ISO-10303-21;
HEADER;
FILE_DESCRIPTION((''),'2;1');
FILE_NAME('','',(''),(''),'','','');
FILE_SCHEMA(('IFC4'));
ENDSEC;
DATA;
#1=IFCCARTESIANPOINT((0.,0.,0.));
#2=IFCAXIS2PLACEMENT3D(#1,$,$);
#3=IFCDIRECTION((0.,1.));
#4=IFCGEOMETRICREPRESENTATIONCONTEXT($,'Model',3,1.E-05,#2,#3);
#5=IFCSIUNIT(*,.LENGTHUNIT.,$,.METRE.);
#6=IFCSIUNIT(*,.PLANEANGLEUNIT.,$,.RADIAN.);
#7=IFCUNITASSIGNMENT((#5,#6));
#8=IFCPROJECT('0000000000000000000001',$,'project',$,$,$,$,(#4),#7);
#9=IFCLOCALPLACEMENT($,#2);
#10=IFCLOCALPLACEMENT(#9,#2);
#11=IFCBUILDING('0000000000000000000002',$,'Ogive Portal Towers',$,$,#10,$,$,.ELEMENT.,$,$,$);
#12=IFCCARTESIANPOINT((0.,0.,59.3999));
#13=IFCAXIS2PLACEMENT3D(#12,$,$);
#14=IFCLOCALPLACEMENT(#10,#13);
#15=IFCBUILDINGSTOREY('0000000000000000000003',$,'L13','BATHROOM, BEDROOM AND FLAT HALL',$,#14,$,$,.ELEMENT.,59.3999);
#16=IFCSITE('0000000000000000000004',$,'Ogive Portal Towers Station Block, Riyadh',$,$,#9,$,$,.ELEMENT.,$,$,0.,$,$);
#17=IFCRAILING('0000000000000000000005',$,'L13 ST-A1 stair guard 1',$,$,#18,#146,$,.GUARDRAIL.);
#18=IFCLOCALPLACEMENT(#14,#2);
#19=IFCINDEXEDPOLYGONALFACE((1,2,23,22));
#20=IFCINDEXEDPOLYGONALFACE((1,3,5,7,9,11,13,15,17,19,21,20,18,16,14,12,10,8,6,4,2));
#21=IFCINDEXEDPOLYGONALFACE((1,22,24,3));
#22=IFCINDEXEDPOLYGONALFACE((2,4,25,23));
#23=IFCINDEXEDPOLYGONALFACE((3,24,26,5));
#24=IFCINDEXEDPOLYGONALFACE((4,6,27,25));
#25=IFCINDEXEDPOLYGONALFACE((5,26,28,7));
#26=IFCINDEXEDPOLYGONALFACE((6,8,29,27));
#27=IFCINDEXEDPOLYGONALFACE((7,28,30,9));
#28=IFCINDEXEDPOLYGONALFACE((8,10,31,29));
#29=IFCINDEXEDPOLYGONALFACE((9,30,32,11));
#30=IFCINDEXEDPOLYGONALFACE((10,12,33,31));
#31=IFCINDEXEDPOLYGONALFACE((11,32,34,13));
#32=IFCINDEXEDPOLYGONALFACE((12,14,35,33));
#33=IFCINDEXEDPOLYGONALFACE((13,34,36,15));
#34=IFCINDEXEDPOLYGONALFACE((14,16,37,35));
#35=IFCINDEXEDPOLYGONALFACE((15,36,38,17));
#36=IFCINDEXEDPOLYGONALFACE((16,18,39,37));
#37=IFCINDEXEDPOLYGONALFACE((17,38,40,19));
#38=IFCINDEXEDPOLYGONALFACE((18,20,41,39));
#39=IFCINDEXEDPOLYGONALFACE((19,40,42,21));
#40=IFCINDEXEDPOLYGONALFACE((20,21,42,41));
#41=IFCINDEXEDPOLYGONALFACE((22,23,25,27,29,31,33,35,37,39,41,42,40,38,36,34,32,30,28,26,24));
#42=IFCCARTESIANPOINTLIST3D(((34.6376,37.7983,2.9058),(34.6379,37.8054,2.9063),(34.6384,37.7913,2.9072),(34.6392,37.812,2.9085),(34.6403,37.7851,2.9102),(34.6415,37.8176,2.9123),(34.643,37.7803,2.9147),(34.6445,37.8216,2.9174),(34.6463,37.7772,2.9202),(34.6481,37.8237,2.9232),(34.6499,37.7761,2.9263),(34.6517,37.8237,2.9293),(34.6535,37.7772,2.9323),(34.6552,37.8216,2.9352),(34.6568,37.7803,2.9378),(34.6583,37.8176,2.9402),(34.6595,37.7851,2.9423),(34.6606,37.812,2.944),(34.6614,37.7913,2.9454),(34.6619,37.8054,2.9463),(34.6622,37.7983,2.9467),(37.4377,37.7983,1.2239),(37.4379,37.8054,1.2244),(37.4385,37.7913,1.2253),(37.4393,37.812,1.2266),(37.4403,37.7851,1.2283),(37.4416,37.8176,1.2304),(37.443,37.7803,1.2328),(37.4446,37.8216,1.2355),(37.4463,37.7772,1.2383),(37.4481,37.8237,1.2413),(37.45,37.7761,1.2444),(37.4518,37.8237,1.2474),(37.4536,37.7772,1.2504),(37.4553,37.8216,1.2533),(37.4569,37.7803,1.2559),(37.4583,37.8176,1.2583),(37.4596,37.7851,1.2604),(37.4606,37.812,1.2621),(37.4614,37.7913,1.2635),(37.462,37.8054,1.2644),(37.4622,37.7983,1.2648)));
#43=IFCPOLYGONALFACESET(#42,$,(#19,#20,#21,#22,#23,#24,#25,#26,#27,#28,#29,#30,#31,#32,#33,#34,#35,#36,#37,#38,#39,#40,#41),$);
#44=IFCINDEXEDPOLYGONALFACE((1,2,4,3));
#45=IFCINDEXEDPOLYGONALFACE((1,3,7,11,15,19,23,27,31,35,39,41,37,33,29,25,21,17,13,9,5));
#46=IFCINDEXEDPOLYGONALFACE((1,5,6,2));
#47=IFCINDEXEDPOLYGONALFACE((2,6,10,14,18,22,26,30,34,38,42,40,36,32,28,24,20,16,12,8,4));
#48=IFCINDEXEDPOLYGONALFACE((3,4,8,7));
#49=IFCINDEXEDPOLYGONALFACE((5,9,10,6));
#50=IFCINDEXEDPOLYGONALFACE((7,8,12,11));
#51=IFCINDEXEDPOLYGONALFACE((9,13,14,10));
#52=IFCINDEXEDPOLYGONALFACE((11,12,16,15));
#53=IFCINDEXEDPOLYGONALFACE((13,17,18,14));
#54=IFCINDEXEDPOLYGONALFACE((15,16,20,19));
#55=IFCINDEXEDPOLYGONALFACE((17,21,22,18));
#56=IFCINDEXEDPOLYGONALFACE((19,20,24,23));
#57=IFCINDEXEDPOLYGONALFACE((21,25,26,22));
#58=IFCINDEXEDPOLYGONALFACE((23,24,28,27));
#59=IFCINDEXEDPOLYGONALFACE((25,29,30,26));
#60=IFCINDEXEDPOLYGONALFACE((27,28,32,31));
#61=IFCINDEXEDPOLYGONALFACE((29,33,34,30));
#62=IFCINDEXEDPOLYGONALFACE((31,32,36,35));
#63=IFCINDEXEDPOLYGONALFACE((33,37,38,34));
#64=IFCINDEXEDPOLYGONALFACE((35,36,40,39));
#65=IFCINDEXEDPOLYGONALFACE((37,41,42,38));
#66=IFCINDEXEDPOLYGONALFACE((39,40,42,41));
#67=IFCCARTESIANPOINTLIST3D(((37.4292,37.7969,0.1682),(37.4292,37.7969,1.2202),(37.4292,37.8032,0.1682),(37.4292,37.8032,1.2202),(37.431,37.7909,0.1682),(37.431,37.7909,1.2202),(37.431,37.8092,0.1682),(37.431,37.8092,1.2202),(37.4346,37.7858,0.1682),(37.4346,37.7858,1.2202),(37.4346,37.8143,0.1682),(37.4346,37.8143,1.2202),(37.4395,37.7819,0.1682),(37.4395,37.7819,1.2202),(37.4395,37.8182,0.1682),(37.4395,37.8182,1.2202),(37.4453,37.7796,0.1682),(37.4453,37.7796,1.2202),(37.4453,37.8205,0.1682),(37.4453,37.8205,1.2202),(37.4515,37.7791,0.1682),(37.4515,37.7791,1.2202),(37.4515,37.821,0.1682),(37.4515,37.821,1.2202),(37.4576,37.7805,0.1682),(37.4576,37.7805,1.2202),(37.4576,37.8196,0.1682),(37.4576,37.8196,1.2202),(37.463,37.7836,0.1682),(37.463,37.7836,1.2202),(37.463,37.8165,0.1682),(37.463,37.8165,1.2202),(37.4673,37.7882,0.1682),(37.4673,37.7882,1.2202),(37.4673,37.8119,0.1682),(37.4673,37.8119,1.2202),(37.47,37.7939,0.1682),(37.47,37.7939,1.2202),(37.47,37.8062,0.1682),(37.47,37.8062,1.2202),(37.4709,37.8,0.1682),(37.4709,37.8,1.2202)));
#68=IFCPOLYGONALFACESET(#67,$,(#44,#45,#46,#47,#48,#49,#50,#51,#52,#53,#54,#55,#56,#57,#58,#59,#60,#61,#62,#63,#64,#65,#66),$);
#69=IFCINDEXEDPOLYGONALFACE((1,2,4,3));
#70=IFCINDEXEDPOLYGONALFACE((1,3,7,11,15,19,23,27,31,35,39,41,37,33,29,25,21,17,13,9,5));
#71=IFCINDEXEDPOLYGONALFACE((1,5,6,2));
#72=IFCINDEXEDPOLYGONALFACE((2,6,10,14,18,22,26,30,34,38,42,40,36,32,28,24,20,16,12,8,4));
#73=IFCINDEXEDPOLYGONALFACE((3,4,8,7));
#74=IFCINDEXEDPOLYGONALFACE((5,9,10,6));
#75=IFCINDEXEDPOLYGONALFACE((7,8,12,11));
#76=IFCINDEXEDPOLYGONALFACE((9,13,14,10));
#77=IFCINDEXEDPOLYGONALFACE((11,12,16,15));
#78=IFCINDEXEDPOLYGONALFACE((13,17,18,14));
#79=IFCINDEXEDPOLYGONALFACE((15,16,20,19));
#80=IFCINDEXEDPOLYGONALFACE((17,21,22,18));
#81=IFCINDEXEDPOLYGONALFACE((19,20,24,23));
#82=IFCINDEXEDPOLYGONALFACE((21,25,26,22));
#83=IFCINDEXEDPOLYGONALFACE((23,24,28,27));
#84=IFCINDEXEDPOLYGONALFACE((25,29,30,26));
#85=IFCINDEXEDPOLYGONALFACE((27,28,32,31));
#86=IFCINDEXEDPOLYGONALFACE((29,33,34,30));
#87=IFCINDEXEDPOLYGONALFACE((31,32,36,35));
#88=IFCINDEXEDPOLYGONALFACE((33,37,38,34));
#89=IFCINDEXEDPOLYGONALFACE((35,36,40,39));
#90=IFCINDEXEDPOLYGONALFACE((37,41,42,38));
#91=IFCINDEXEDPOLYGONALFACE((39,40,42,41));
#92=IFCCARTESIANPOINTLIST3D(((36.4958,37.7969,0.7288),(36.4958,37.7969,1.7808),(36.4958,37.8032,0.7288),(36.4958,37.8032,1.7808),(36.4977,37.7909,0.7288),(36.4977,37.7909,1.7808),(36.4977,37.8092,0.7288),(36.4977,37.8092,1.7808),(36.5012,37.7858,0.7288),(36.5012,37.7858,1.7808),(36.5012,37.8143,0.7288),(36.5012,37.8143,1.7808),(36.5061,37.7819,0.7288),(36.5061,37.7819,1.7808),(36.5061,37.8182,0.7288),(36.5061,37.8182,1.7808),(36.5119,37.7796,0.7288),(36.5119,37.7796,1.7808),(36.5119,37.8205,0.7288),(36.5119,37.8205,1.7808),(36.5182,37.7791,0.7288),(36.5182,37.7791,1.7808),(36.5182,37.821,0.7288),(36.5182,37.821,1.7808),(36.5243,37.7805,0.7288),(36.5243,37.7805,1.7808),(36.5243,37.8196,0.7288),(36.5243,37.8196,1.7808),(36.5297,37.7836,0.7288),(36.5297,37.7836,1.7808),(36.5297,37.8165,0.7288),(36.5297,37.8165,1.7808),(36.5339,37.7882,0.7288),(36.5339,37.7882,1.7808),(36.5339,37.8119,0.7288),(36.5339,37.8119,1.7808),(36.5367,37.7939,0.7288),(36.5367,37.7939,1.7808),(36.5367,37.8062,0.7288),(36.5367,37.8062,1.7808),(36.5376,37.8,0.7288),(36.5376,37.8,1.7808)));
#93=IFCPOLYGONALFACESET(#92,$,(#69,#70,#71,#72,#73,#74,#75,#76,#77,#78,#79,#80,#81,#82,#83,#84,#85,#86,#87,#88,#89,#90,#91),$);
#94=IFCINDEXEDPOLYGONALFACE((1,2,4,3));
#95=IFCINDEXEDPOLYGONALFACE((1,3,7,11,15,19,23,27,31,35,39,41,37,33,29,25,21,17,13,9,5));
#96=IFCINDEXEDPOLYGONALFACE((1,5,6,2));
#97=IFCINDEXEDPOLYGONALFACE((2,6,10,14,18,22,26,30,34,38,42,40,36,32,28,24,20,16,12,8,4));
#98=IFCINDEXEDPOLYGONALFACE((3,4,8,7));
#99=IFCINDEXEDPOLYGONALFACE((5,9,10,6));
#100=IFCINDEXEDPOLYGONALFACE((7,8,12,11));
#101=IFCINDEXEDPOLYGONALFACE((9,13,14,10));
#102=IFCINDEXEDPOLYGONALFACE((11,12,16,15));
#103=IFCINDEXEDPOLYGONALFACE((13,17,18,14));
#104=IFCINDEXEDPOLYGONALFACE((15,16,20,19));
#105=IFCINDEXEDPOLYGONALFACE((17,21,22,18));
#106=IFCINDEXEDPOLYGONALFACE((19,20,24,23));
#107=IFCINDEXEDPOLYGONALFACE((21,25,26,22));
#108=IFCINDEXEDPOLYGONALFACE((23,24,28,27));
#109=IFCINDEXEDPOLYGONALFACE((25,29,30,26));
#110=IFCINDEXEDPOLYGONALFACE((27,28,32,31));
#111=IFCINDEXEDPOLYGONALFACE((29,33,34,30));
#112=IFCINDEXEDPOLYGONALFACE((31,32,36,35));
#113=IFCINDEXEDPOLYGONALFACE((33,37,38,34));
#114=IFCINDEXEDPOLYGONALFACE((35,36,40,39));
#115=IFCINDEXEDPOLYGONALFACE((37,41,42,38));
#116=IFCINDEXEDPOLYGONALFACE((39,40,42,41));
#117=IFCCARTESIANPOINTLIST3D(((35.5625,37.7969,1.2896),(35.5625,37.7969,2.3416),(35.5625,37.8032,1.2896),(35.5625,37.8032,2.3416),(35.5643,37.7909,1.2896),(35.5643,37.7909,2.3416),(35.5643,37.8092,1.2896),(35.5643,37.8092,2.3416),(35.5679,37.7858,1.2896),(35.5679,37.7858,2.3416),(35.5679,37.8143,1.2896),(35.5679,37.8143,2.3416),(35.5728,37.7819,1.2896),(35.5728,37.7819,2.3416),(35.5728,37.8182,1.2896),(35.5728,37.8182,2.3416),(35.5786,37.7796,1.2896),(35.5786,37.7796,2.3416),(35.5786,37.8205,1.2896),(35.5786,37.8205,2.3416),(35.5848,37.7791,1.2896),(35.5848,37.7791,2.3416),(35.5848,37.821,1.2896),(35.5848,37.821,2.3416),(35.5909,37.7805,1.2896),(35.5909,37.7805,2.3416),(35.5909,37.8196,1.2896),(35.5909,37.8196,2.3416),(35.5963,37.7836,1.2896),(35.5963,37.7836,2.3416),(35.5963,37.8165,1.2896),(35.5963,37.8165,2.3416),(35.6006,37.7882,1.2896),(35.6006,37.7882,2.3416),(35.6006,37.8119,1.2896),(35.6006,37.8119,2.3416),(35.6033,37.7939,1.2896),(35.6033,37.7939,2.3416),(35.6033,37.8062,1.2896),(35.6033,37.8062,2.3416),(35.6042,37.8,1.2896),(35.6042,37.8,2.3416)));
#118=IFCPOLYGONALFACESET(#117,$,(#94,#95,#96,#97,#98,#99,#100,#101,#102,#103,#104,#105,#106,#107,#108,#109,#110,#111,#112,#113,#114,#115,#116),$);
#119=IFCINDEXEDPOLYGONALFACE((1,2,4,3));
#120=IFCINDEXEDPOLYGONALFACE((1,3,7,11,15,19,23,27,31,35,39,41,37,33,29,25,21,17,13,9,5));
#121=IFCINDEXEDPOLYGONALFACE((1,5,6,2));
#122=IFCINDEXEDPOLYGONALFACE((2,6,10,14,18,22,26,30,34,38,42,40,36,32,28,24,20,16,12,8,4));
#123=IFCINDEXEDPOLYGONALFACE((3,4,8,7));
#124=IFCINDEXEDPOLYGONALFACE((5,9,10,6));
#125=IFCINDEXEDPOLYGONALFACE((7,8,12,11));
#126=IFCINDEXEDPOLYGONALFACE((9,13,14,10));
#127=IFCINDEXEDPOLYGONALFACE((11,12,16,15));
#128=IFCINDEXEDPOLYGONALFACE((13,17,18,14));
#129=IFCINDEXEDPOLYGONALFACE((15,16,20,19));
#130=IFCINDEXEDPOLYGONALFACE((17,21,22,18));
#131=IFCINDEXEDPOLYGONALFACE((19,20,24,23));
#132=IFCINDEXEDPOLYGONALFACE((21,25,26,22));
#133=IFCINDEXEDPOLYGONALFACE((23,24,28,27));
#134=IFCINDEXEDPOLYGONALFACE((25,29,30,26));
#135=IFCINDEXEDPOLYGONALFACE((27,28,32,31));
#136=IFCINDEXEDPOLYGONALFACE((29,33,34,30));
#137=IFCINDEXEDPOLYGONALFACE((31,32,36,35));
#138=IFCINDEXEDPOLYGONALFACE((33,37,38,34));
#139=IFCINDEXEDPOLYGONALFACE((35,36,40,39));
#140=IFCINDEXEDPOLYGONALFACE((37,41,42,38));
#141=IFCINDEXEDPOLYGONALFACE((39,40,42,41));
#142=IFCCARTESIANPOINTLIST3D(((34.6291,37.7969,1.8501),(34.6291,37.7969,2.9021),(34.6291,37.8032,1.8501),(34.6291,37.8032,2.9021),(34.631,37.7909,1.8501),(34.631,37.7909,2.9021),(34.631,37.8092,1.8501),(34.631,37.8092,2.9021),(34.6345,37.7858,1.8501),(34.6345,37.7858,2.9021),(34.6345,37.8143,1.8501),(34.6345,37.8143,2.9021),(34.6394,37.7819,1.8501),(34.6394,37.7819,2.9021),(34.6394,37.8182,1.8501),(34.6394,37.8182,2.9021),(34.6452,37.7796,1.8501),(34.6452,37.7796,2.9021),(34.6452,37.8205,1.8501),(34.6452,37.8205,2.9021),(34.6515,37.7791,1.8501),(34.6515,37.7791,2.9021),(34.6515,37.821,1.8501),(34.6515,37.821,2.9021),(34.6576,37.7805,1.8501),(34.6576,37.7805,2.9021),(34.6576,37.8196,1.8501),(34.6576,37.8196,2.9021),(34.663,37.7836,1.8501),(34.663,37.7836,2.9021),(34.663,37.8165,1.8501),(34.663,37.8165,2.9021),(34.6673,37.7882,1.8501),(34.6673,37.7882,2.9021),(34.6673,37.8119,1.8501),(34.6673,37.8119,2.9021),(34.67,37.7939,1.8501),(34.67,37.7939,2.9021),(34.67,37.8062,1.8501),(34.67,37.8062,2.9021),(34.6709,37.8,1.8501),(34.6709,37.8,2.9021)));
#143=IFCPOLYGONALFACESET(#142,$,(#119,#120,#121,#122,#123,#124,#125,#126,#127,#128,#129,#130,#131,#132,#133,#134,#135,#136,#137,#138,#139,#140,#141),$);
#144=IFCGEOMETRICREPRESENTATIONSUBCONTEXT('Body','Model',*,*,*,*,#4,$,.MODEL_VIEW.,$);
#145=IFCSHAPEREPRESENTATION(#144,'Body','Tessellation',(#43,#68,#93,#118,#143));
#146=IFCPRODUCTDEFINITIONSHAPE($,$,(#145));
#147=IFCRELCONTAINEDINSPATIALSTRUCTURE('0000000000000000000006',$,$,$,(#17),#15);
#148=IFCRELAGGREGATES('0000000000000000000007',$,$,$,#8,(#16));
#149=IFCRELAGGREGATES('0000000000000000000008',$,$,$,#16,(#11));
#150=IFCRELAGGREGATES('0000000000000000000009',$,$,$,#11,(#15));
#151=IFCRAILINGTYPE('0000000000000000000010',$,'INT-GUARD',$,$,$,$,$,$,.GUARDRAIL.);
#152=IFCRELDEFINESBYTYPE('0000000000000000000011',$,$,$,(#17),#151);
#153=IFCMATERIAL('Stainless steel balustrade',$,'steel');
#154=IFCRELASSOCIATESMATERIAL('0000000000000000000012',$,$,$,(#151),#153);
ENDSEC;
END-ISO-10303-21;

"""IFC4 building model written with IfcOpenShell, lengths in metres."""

from ifc_helpers import new_model, si_unit, direction, frame, origin, origin_2d, place, context, subcontext, project, spatial, circle, extrude, material, type_object, element, save


model = new_model("IFC4")

# Units and contexts
model_context = context("Model", 3, precision=1e-05, world=origin(), true_north=direction((0.0, 1.0)))
body_context = subcontext(model_context, "Body", "Model", "MODEL_VIEW")
ifc_project = project(units=[si_unit("LENGTHUNIT", "METRE"), si_unit("PLANEANGLEUNIT", "RADIAN")], contexts=[model_context])

# Site, building, storey
site_placement = place(None, origin())
site = spatial("IfcSite", under=ifc_project, at=site_placement, Name="Ogive Portal Towers Station Block, Riyadh", CompositionType="ELEMENT", RefElevation=0.0)
building_placement = place(site_placement, origin())
building = spatial("IfcBuilding", under=site, at=building_placement, Name="Ogive Portal Towers", CompositionType="ELEMENT")
storey_placement = place(building_placement, frame((0.0, 0.0, 59.3999)))
storey = spatial("IfcBuildingStorey", under=building, at=storey_placement, Name="L13", Description="BATHROOM, BEDROOM AND FLAT HALL", CompositionType="ELEMENT", Elevation=59.3999)

# Railing
ifc_material_1 = material(Name="Stainless steel balustrade", Category="steel")
railing_type_1 = type_object("IfcRailingType", Name="INT-GUARD", PredefinedType="GUARDRAIL", material=ifc_material_1)
railing_1_placement = place(storey_placement, frame((37.45, 37.8, 0.1682)))
element("IfcRailing", 1, at=railing_1_placement, inside=storey, type_object=railing_type_1, Name="L13 ST-A1 stair guard 1", PredefinedType="GUARDRAIL", context=body_context, shape_type="SweptSolid", body=[
    extrude(circle(Radius=0.0239, at=origin_2d()), frame((0.0, 0.0, 1.0762), z_axis=(-0.857242, 0.0, 0.514913), x_axis=(0.0, -1.0, 0.0)), (0.0, 0.0, 1.0), 3.2664),
    extrude(circle(Radius=0.021, at=origin_2d()), origin(), (0.0, 0.0, 1.0), 1.052),
    extrude(circle(Radius=0.021, at=origin_2d()), frame((-0.9333, 0.0, 0.5605)), (0.0, 0.0, 1.0), 1.052),
    extrude(circle(Radius=0.021, at=origin_2d()), frame((-1.8667, 0.0, 1.1213)), (0.0, 0.0, 1.0), 1.052),
    extrude(circle(Radius=0.021, at=origin_2d()), frame((-2.8, 0.0, 1.6819)), (0.0, 0.0, 1.0), 1.052),
])

save(model, "model.ifc")
